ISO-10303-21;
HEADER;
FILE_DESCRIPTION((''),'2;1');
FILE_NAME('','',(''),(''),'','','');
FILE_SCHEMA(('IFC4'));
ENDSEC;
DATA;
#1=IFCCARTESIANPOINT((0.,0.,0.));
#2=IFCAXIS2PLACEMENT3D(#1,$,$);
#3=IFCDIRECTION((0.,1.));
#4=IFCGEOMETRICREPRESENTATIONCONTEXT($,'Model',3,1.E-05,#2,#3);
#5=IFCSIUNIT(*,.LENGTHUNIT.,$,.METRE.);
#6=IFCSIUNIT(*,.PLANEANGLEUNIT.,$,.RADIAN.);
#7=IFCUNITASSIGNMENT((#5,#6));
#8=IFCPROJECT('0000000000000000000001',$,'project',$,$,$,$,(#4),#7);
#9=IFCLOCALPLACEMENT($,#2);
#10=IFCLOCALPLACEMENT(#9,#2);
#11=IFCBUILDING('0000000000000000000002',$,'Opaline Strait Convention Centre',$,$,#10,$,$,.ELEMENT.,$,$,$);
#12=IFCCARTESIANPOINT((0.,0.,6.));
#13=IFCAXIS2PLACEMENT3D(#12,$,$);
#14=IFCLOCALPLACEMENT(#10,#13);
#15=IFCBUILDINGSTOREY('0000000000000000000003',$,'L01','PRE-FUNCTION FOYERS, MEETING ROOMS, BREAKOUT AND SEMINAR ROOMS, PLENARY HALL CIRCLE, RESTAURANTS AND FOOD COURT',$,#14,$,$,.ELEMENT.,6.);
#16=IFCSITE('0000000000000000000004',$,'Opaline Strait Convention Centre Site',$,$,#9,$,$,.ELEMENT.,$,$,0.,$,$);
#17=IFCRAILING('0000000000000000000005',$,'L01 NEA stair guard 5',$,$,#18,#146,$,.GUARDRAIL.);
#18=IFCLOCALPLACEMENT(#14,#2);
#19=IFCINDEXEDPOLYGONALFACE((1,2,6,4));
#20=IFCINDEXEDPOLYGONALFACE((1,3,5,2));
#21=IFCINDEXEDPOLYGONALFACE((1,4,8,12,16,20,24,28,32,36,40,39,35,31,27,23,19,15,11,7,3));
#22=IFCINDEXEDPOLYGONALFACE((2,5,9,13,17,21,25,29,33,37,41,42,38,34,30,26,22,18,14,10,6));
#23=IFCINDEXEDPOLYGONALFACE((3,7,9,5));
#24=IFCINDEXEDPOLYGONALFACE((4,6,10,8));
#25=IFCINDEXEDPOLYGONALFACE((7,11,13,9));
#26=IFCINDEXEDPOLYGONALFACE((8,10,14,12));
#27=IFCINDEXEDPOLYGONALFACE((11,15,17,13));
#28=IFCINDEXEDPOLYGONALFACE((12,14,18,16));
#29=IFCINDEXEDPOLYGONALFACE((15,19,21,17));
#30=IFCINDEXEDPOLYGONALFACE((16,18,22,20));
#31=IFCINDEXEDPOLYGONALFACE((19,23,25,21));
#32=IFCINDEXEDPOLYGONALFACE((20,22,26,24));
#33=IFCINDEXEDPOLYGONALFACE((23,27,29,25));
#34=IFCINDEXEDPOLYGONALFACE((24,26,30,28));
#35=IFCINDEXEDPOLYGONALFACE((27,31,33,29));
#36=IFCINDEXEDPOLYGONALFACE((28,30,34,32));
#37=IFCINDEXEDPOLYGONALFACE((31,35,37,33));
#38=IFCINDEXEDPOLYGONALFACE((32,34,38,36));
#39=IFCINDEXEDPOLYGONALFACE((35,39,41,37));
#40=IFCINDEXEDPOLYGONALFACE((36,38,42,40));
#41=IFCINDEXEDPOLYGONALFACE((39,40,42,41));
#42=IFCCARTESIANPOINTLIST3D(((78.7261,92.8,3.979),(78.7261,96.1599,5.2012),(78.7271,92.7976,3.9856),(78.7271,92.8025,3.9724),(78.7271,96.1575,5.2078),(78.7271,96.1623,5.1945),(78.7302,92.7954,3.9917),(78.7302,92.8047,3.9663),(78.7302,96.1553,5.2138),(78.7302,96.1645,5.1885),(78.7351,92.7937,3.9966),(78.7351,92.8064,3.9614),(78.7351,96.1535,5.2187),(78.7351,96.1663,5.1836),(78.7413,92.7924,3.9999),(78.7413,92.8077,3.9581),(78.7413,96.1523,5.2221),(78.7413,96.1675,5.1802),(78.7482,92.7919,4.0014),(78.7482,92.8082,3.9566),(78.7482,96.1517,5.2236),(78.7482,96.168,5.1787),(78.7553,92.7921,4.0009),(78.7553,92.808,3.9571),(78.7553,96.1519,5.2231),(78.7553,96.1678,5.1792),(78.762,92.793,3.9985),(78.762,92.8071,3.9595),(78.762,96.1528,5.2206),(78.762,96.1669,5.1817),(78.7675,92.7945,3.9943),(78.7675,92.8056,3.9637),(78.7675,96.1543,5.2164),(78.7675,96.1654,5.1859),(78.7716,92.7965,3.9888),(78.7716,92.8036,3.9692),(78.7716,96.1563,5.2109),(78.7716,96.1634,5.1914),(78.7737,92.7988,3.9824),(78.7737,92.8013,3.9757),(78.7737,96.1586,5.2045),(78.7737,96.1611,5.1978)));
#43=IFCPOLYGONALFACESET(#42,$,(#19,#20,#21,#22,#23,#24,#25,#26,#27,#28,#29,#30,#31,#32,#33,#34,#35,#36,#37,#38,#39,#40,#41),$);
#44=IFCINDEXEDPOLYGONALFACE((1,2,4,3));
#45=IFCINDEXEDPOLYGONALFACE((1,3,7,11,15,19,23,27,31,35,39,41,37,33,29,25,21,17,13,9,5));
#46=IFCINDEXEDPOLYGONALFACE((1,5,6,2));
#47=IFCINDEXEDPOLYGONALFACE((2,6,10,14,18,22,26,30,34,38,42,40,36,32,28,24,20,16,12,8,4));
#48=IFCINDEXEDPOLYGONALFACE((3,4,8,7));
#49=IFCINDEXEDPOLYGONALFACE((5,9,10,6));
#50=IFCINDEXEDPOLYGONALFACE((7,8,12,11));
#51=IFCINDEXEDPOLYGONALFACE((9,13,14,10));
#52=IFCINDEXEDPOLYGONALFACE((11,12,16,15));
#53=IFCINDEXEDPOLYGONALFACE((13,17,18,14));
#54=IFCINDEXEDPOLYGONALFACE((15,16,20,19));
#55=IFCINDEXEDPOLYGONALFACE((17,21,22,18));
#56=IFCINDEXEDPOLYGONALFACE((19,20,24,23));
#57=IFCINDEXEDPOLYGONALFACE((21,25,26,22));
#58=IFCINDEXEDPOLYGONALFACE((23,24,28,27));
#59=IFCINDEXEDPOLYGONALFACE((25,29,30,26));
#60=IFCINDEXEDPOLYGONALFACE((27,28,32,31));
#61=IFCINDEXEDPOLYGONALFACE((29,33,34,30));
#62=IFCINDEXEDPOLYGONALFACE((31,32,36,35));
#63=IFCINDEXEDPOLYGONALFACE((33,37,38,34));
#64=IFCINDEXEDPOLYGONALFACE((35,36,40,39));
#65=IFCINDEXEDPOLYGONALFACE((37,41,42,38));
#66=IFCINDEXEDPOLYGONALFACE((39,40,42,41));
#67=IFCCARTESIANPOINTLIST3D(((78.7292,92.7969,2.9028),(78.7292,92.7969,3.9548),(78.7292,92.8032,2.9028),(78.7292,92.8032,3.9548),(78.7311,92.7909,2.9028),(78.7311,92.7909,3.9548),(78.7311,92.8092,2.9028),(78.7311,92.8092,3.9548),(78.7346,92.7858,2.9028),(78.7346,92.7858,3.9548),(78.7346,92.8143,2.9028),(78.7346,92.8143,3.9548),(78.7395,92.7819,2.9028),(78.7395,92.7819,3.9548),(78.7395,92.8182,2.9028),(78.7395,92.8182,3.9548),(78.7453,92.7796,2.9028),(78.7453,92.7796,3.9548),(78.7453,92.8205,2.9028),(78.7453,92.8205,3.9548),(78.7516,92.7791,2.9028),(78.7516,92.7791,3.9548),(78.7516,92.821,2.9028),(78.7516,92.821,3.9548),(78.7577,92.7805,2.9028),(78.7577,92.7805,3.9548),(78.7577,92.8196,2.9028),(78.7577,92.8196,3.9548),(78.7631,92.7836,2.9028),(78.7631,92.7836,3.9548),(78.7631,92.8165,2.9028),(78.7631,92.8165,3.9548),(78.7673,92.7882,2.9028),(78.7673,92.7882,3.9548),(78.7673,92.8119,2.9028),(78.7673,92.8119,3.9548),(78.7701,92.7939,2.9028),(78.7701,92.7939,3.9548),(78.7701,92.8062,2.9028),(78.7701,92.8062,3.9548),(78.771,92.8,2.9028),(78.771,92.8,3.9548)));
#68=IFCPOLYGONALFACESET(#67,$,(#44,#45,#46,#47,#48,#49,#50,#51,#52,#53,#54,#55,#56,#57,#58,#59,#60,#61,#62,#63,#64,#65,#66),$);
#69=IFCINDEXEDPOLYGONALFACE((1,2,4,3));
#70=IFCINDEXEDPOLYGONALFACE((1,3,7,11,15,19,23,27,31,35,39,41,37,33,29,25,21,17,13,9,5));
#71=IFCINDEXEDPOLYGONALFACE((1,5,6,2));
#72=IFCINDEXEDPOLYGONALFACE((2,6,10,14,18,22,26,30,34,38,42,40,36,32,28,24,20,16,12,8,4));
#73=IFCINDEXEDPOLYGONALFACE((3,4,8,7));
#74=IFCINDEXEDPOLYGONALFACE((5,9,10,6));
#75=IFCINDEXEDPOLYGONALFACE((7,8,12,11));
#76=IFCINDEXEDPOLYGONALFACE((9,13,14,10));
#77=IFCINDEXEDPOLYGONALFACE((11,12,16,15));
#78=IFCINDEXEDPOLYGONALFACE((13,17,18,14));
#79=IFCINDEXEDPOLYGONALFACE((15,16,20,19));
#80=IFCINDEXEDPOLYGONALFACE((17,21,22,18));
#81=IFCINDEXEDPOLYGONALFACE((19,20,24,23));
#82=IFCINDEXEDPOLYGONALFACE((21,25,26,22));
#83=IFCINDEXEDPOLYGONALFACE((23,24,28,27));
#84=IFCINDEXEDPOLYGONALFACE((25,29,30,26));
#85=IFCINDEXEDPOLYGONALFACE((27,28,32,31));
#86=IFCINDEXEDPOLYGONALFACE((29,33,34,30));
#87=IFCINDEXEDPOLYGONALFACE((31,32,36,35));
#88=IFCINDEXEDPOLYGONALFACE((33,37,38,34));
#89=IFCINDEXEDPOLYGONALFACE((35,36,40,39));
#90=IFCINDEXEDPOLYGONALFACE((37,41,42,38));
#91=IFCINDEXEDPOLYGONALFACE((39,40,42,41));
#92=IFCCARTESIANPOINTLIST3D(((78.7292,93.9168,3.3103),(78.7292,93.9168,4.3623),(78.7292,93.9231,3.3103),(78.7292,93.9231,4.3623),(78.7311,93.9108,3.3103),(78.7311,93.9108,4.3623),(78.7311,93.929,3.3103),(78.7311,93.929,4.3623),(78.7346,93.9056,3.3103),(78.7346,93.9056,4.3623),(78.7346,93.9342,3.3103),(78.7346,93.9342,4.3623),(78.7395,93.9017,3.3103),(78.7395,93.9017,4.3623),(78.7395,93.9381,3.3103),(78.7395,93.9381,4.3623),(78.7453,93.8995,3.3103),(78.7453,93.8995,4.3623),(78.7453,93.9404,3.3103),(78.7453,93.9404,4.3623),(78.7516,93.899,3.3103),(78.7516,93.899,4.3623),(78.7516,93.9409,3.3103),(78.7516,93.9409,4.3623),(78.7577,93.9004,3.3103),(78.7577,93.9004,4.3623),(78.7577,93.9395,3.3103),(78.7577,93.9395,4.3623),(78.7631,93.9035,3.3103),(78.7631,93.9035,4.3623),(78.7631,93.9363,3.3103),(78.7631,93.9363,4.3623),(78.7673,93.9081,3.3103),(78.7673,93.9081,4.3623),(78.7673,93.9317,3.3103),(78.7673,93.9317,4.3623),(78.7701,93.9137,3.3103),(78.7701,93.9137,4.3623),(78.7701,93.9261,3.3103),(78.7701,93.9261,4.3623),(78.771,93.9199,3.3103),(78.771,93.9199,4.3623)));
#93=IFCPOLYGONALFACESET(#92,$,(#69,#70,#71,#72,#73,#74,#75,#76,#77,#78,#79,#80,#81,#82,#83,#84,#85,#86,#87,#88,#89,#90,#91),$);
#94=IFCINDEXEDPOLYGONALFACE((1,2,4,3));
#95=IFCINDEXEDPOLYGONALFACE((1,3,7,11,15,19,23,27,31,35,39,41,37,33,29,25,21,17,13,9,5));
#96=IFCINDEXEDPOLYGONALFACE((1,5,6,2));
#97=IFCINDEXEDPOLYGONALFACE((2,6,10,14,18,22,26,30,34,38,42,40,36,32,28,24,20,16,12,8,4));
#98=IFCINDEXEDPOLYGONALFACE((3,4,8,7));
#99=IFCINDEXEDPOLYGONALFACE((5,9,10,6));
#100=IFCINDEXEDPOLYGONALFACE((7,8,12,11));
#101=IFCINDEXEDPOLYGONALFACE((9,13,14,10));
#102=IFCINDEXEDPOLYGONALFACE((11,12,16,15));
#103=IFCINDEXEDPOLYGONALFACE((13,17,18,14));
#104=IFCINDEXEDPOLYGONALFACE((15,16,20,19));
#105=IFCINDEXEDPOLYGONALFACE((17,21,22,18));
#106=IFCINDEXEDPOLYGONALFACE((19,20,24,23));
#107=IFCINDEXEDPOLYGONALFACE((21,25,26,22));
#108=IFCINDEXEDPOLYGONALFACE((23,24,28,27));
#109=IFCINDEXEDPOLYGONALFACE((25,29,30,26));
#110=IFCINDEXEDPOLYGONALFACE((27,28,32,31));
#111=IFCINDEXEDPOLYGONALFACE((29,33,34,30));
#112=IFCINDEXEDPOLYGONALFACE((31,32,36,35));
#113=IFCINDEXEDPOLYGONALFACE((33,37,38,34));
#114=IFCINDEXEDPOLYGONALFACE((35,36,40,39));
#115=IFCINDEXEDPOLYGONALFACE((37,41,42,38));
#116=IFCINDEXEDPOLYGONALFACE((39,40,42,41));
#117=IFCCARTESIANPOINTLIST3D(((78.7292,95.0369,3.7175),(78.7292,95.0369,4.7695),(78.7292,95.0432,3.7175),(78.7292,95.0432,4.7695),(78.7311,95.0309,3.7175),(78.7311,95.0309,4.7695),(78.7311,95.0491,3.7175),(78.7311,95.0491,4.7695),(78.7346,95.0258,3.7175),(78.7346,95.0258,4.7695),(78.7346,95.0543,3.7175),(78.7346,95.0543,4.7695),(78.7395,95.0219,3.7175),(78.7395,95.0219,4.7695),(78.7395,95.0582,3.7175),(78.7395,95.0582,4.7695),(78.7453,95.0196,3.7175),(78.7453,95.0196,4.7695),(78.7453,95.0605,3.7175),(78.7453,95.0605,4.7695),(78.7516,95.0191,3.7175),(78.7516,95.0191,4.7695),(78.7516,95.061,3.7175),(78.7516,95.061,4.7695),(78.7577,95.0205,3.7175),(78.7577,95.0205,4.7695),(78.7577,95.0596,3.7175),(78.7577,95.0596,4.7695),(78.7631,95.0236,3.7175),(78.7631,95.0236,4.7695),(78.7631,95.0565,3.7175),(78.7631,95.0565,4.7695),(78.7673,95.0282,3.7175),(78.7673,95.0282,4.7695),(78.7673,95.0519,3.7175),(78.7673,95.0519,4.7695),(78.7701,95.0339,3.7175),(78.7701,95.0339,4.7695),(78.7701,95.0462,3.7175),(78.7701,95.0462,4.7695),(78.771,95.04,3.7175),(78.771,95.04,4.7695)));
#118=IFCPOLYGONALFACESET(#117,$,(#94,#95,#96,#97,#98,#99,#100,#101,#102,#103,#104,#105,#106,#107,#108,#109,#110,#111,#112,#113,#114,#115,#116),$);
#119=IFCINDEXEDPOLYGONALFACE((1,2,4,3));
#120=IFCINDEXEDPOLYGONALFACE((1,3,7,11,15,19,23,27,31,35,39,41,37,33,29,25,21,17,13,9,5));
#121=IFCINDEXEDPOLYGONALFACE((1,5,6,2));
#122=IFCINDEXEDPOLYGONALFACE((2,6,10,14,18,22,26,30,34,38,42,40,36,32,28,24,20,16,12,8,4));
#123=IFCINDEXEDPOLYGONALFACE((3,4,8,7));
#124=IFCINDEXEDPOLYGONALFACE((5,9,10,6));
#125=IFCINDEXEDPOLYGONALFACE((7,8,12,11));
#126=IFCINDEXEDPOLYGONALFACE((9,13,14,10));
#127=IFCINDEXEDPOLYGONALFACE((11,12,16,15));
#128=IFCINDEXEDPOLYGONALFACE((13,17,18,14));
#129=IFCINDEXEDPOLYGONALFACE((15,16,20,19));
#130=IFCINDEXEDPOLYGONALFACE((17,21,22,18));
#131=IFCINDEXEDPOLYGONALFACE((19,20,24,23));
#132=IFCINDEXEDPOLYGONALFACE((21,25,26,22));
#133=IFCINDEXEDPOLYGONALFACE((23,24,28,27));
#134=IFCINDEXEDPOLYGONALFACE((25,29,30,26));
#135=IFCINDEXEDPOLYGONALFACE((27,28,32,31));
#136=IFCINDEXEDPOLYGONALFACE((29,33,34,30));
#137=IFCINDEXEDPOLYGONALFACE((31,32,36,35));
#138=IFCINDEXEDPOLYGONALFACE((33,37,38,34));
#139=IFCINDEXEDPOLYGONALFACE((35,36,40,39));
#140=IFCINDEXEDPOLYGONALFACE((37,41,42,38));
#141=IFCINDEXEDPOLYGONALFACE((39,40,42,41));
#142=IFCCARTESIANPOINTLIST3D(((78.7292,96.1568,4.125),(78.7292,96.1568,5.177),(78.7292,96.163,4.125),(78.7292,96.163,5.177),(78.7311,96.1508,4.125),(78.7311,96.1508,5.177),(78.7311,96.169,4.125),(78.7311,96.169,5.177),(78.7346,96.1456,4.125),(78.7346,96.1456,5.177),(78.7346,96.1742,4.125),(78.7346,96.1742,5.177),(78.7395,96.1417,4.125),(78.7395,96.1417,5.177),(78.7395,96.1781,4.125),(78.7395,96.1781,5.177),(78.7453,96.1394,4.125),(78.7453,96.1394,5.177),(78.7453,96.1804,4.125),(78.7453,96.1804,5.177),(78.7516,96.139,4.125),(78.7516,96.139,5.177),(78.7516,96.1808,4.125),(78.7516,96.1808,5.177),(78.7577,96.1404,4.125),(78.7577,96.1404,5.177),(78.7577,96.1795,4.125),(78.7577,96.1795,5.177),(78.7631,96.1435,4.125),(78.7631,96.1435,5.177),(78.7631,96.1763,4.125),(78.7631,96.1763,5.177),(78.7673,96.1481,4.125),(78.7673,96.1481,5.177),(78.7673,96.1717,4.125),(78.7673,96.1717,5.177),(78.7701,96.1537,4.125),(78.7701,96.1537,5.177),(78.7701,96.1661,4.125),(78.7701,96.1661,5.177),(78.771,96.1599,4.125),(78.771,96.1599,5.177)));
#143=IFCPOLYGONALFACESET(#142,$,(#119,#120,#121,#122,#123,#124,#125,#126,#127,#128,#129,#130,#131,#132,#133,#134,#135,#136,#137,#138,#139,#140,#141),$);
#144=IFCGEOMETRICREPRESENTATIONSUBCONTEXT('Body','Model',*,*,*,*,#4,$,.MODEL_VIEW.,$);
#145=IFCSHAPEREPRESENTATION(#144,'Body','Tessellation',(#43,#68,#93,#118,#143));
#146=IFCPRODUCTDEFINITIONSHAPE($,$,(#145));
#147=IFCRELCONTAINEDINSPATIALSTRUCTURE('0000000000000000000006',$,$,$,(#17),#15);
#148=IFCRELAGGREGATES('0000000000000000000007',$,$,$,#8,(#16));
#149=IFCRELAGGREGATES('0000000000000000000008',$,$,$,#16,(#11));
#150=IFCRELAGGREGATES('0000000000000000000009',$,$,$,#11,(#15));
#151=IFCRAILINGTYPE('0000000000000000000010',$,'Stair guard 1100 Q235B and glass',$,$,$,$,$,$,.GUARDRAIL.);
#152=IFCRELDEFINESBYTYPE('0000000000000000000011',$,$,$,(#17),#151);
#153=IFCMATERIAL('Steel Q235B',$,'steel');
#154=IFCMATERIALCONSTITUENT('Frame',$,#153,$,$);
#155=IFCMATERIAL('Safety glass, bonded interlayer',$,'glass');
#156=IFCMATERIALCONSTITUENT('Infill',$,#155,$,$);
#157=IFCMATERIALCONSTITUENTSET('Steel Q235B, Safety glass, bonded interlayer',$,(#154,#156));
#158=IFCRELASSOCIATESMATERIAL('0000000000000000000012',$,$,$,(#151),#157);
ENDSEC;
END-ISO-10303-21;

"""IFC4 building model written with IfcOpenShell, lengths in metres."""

from ifc_helpers import new_model, si_unit, direction, frame, origin, origin_2d, place, context, subcontext, project, spatial, circle, extrude, material, constituent, constituent_set, type_object, element, save


model = new_model("IFC4")

# Units and contexts
model_context = context("Model", 3, precision=1e-05, world=origin(), true_north=direction((0.0, 1.0)))
body_context = subcontext(model_context, "Body", "Model", "MODEL_VIEW")
ifc_project = project(units=[si_unit("LENGTHUNIT", "METRE"), si_unit("PLANEANGLEUNIT", "RADIAN")], contexts=[model_context])

# Site, building, storey
site_placement = place(None, origin())
site = spatial("IfcSite", under=ifc_project, at=site_placement, Name="Opaline Strait Convention Centre Site", CompositionType="ELEMENT", RefElevation=0.0)
building_placement = place(site_placement, origin())
building = spatial("IfcBuilding", under=site, at=building_placement, Name="Opaline Strait Convention Centre", CompositionType="ELEMENT")
storey_placement = place(building_placement, frame((0.0, 0.0, 6.0)))
storey = spatial("IfcBuildingStorey", under=building, at=storey_placement, Name="L01", Description="PRE-FUNCTION FOYERS, MEETING ROOMS, BREAKOUT AND SEMINAR ROOMS, PLENARY HALL CIRCLE, RESTAURANTS AND FOOD COURT", CompositionType="ELEMENT", Elevation=6.0)

# Railing
ifc_material_1 = material(Name="Steel Q235B", Category="steel")
ifc_constituent_1 = constituent(ifc_material_1, Name="Frame")
ifc_material_2 = material(Name="Safety glass, bonded interlayer", Category="glass")
ifc_constituent_2 = constituent(ifc_material_2, Name="Infill")
ifc_constituent_set = constituent_set(constituents=[ifc_constituent_1, ifc_constituent_2], Name="Steel Q235B, Safety glass, bonded interlayer")
railing_type_1 = type_object("IfcRailingType", Name="Stair guard 1100 Q235B and glass", PredefinedType="GUARDRAIL", material=ifc_constituent_set)
railing_placement = place(storey_placement, frame((78.75, 92.8, 2.9028)))
element("IfcRailing", 1, at=railing_placement, inside=storey, type_object=railing_type_1, Name="L01 NEA stair guard 5", PredefinedType="GUARDRAIL", context=body_context, shape_type="SweptSolid", body=[
    extrude(circle(Radius=0.0239, at=origin_2d()), frame((0.0, 0.0, 1.0762), z_axis=(0.0, 0.939758, 0.341842), x_axis=(-1.0, 0.0, 0.0)), (0.0, 0.0, 1.0), 3.5752),
    extrude(circle(Radius=0.021, at=origin_2d()), origin(), (0.0, 0.0, 1.0), 1.052),
    extrude(circle(Radius=0.021, at=origin_2d()), frame((0.0, 1.1199, 0.4075)), (0.0, 0.0, 1.0), 1.052),
    extrude(circle(Radius=0.021, at=origin_2d()), frame((0.0, 2.24, 0.8147)), (0.0, 0.0, 1.0), 1.052),
    extrude(circle(Radius=0.021, at=origin_2d()), frame((0.0, 3.3599, 1.2222)), (0.0, 0.0, 1.0), 1.052),
])

save(model, "model.ifc")
